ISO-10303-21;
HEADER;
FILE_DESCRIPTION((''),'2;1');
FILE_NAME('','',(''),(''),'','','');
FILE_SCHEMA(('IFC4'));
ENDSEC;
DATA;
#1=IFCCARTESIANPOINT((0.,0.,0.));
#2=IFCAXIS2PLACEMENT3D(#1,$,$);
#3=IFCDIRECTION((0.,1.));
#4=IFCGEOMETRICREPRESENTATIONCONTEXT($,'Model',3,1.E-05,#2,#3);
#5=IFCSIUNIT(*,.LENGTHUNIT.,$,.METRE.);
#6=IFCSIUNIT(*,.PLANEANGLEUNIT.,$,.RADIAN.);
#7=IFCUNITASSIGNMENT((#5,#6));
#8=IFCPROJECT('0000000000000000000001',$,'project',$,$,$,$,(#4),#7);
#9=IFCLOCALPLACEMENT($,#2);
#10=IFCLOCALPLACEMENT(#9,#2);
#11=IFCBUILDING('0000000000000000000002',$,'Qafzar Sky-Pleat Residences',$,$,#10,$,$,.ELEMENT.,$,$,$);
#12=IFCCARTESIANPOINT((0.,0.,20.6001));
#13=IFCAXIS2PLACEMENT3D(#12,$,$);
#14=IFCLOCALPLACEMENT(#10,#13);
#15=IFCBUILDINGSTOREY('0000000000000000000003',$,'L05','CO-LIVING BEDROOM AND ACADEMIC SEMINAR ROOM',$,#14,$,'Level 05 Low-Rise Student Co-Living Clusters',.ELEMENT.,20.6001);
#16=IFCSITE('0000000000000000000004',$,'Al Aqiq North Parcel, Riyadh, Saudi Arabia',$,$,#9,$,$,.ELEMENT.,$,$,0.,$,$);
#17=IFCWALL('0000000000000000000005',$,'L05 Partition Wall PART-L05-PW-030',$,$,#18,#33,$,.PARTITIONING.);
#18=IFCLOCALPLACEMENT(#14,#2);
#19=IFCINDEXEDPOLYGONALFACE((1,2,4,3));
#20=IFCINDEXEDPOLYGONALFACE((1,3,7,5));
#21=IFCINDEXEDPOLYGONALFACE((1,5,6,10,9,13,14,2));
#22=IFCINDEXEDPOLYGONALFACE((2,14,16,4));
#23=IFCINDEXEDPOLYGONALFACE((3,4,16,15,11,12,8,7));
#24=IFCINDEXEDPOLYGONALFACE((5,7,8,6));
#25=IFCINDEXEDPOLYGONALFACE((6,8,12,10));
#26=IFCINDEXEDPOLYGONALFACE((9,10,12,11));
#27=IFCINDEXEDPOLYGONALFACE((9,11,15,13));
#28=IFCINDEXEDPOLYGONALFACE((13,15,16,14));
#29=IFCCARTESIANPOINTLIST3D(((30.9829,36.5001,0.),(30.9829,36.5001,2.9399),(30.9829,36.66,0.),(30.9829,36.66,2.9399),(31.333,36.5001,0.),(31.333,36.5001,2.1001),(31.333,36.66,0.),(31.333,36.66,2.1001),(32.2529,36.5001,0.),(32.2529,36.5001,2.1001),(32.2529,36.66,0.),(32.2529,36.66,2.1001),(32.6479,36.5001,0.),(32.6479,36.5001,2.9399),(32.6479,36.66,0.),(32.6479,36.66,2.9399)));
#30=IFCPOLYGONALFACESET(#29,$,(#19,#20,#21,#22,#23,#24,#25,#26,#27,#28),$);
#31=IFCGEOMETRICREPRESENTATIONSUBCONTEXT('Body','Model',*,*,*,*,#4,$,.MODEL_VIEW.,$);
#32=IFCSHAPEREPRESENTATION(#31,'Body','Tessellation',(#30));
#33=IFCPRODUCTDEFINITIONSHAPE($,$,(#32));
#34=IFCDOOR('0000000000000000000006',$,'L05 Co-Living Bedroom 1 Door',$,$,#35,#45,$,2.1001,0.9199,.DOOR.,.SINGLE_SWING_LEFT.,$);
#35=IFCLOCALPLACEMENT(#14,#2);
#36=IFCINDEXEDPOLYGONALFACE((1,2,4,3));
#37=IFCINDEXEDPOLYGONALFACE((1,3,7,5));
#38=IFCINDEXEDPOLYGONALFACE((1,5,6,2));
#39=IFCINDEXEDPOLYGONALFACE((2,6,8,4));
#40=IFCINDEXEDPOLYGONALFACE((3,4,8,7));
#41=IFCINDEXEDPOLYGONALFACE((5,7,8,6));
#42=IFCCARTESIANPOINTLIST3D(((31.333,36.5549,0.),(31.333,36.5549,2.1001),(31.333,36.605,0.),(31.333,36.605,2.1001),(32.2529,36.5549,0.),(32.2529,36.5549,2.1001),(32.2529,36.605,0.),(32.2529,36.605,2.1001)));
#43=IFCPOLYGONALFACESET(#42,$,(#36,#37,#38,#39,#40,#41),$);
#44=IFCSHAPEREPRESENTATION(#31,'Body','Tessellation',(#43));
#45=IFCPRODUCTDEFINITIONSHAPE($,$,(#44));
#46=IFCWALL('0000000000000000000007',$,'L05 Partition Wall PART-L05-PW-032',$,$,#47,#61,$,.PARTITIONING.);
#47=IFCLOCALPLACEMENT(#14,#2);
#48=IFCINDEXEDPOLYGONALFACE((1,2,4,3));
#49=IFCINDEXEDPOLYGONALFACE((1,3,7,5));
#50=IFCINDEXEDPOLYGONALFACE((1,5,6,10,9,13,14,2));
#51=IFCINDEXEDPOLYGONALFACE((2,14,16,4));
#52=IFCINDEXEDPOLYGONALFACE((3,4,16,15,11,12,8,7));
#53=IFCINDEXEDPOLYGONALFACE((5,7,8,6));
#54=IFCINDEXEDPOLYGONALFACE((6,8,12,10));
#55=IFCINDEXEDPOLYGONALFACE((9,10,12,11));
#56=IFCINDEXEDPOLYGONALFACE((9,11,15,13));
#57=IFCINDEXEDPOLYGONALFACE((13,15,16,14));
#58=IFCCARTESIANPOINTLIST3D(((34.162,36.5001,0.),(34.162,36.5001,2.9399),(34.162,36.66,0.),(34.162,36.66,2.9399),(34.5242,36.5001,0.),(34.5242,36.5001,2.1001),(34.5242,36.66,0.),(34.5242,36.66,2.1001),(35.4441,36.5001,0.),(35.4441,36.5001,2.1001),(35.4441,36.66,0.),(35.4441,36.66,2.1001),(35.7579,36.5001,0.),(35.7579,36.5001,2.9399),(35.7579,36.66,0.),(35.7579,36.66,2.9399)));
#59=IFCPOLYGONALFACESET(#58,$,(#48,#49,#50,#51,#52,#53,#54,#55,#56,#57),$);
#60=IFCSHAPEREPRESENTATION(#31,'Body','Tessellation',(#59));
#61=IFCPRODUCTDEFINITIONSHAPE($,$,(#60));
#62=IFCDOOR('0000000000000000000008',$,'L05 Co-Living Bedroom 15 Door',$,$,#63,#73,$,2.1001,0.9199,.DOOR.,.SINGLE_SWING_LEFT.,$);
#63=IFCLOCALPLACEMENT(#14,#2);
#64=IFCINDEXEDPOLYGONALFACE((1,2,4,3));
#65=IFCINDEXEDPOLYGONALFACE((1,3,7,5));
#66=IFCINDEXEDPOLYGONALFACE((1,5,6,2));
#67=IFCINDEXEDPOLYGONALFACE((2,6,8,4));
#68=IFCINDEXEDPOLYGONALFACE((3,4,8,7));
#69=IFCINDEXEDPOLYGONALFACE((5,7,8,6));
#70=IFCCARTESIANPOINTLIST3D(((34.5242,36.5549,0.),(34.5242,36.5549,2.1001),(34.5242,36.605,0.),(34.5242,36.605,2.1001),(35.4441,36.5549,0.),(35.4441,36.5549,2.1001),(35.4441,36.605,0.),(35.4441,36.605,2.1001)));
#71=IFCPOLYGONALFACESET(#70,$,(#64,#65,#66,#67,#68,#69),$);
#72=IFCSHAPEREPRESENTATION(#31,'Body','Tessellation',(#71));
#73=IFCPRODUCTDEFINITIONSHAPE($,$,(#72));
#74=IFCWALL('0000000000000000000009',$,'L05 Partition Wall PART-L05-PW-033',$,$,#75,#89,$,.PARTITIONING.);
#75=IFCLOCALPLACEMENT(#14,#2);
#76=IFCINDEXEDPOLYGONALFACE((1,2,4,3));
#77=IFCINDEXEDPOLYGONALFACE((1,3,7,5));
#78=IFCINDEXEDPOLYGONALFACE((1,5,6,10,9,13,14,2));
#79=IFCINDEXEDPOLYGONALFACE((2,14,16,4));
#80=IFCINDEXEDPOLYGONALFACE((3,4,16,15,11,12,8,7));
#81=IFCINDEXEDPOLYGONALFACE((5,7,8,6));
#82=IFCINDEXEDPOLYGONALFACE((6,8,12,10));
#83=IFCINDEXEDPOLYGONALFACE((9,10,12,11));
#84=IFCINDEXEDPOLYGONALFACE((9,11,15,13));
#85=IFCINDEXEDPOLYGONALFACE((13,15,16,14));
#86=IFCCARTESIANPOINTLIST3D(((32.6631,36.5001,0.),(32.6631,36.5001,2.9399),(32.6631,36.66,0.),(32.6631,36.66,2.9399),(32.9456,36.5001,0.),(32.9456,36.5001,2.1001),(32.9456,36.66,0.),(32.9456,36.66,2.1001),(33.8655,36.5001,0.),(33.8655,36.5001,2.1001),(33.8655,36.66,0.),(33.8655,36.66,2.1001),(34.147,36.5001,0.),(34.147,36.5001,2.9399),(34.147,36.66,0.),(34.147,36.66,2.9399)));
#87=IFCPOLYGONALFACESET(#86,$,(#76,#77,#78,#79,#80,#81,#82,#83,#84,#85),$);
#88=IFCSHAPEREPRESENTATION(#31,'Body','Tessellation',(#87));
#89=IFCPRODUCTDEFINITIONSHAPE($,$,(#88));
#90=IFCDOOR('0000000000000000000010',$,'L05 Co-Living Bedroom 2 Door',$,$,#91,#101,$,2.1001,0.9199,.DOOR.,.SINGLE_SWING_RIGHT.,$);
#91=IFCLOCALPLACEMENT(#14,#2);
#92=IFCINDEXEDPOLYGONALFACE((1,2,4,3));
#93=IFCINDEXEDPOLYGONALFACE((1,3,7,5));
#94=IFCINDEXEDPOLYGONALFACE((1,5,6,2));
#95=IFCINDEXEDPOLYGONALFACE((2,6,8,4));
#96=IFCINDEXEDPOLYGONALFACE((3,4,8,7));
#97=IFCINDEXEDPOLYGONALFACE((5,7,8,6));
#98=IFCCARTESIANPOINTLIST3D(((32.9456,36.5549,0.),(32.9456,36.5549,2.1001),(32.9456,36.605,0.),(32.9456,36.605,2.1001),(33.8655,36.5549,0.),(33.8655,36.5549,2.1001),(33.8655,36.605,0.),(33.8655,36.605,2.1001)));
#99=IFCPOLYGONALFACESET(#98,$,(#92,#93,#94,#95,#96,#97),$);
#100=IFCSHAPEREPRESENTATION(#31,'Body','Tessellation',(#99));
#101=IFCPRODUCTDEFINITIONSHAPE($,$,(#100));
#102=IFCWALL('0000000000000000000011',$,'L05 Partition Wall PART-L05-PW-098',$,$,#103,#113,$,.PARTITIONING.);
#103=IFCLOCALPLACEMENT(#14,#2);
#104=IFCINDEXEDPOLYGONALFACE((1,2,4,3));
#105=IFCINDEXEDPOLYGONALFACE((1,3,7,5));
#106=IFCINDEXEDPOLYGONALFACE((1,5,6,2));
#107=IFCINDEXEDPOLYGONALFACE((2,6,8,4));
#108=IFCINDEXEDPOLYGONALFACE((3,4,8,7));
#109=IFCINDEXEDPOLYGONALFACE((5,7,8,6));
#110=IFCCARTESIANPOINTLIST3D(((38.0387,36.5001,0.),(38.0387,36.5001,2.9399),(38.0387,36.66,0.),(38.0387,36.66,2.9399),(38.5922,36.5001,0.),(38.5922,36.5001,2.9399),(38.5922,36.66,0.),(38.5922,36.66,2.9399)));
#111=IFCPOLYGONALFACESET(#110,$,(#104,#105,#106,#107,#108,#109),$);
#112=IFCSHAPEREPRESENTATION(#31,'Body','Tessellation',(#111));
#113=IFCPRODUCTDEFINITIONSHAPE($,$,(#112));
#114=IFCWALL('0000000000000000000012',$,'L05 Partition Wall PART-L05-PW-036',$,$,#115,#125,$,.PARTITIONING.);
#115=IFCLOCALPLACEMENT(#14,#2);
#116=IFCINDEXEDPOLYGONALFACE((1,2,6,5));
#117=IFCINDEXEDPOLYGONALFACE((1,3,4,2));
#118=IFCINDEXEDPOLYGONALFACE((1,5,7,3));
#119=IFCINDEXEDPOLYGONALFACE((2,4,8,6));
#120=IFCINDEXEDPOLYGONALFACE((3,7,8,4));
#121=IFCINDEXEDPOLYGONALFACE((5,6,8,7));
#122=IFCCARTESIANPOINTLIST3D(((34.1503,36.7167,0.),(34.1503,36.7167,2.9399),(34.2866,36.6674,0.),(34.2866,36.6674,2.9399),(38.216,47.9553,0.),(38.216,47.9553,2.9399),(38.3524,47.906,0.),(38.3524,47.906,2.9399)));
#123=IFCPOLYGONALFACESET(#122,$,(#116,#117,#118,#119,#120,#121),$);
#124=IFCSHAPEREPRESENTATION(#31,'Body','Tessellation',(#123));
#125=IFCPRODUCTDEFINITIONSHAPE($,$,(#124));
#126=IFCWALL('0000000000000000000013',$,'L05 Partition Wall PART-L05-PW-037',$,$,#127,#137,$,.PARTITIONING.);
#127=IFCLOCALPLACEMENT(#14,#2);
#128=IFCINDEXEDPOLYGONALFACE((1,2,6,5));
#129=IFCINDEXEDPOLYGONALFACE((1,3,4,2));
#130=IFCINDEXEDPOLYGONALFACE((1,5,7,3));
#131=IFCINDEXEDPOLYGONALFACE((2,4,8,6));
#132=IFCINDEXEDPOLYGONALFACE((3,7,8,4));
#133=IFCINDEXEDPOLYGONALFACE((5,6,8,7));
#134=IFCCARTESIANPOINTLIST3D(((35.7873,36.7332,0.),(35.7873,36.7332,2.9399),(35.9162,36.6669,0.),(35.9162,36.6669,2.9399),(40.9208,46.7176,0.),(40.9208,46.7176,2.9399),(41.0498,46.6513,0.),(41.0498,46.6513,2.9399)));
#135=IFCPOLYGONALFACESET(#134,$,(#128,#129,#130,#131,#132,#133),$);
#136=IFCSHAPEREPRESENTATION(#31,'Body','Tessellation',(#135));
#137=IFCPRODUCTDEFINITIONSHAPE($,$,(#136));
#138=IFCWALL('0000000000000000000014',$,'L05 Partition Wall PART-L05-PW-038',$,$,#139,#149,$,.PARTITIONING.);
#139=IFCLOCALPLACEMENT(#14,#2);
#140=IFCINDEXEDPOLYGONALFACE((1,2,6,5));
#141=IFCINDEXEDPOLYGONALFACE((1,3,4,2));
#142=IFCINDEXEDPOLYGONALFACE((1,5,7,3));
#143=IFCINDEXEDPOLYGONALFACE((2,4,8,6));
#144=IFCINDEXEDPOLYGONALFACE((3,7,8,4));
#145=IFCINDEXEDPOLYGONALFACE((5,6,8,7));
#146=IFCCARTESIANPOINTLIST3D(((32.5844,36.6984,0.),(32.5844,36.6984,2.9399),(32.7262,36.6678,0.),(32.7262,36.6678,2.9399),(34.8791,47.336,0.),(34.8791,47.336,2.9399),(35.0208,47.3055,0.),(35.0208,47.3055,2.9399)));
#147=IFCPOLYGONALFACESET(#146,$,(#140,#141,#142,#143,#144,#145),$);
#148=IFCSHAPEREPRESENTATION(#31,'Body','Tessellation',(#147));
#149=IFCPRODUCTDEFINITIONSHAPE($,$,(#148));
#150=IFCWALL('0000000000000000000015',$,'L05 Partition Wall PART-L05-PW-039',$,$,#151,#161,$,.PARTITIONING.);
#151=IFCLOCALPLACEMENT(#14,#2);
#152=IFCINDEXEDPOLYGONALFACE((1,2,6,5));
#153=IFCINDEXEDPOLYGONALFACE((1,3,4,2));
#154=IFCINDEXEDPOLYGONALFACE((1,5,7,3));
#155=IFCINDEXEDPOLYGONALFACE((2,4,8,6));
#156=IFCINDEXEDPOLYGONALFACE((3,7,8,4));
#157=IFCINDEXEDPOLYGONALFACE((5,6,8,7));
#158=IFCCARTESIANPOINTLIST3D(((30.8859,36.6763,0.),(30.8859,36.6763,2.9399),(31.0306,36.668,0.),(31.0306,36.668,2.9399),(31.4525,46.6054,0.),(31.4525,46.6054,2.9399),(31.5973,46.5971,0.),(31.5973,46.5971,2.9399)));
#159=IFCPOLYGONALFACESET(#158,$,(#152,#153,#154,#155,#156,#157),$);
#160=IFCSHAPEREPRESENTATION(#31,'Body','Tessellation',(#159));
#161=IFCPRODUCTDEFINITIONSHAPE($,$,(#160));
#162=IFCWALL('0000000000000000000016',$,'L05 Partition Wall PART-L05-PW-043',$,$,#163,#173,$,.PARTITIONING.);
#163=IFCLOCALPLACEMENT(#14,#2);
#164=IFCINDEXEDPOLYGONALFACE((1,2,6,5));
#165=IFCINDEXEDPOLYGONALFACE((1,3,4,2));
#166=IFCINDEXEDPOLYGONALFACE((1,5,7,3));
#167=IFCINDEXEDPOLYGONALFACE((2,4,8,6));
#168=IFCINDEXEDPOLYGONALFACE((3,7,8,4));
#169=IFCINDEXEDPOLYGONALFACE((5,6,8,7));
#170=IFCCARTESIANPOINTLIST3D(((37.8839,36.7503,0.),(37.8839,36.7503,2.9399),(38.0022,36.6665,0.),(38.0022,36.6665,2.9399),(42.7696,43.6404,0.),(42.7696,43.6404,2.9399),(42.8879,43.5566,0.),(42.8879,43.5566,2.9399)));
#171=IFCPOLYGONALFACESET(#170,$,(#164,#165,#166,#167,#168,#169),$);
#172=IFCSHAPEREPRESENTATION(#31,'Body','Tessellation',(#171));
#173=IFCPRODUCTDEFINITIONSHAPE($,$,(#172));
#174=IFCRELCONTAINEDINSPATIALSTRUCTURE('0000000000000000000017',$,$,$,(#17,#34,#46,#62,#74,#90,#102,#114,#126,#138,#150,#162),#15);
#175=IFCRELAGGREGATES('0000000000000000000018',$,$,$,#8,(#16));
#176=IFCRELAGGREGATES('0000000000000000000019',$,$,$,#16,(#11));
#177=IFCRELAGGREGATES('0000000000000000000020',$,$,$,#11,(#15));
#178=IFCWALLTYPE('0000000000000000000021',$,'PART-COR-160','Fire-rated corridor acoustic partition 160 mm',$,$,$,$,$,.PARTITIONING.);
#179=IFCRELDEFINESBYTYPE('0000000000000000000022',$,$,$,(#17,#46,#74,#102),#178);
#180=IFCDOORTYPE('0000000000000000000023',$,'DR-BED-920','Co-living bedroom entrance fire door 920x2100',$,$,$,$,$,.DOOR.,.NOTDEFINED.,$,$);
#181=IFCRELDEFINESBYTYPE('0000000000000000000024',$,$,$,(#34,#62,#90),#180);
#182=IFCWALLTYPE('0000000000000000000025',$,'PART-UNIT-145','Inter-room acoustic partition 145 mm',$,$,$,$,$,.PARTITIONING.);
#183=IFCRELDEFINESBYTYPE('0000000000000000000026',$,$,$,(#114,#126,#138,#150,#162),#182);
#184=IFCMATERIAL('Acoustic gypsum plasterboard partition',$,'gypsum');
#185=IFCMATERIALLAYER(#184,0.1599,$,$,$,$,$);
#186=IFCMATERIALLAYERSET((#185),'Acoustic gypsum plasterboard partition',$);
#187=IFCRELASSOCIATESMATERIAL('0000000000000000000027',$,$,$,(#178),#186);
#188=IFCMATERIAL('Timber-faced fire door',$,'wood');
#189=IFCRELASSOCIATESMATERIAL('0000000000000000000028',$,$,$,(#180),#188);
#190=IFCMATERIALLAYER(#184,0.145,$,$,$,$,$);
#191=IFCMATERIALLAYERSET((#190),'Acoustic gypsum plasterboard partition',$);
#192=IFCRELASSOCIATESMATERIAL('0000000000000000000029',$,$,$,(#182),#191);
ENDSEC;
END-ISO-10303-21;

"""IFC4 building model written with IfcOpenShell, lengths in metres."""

from ifc_helpers import new_model, si_unit, direction, frame, frame_2d, origin, place, context, subcontext, project, spatial, rectangle, extrude, source, transform, mapped, material, layer, layer_set, type_object, element, fill, save


model = new_model("IFC4")

# Units and contexts
model_context = context("Model", 3, precision=1e-05, world=origin(), true_north=direction((0.0, 1.0)))
body_context = subcontext(model_context, "Body", "Model", "MODEL_VIEW")
ifc_project = project(units=[si_unit("LENGTHUNIT", "METRE"), si_unit("PLANEANGLEUNIT", "RADIAN")], contexts=[model_context])

# Site, building, storey
site_placement = place(None, origin())
site = spatial("IfcSite", under=ifc_project, at=site_placement, Name="Al Aqiq North Parcel, Riyadh, Saudi Arabia", CompositionType="ELEMENT", RefElevation=0.0)
building_placement = place(site_placement, origin())
building = spatial("IfcBuilding", under=site, at=building_placement, Name="Qafzar Sky-Pleat Residences", CompositionType="ELEMENT")
storey_placement = place(building_placement, frame((0.0, 0.0, 20.6001)))
storey = spatial("IfcBuildingStorey", under=building, at=storey_placement, Name="L05", Description="CO-LIVING BEDROOM AND ACADEMIC SEMINAR ROOM", LongName="Level 05 Low-Rise Student Co-Living Clusters", CompositionType="ELEMENT", Elevation=20.6001)

# Walls, openings, doors
ifc_material_1 = material(Name="Acoustic gypsum plasterboard partition", Category="gypsum")
ifc_layer_1 = layer(ifc_material_1, 0.1599)
ifc_layer_set_1 = layer_set([ifc_layer_1], Name="Acoustic gypsum plasterboard partition")
wall_type_1 = type_object("IfcWallType", Name="PART-COR-160", Description="Fire-rated corridor acoustic partition 160 mm", PredefinedType="PARTITIONING", material=ifc_layer_set_1)
ifc_material_2 = material(Name="Timber-faced fire door", Category="wood")
door_type_1 = type_object("IfcDoorType", Name="DR-BED-920", Description="Co-living bedroom entrance fire door 920x2100", OperationType="NOTDEFINED", PredefinedType="DOOR", material=ifc_material_2)
shared_shape_1 = source(origin(), body_context, "Body", "SweptSolid", [
    extrude(rectangle(XDim=0.9199, YDim=2.1001, at=frame_2d((0.46, 1.05))), frame((0.0, 0.0249, 0.0), z_axis=(0.0, -1.0, 0.0), x_axis=(1.0, 0.0, 0.0)), (0.0, 0.0, 1.0), 0.05),
])
wall_1_placement = place(storey_placement, frame((30.9829, 36.5801, 0.0), z_axis=(0.0, 0.0, 1.0), x_axis=(1.0, 0.0, 0.0)))
wall_1 = element("IfcWall", 1, at=wall_1_placement, inside=storey, type_object=wall_type_1, Name="L05 Partition Wall PART-L05-PW-030", PredefinedType="PARTITIONING", context=body_context, shape_type="SweptSolid", body=[
    extrude(rectangle(XDim=1.665, YDim=0.1599, at=frame_2d((0.8325, 0.0))), origin(), (0.0, 0.0, 1.0), 2.9399),
])
opening_1_placement = place(wall_1_placement, frame((0.3501, 0.0, 0.0)))
opening_1 = element("IfcOpeningElement", 2, at=opening_1_placement, cuts=wall_1, PredefinedType="OPENING", context=body_context, shape_type="SweptSolid", body=[
    extrude(rectangle(XDim=0.9199, YDim=2.1001, at=frame_2d((0.46, 1.05))), frame((0.0, 0.0898, 0.0), z_axis=(0.0, -1.0, 0.0), x_axis=(1.0, 0.0, 0.0)), (0.0, 0.0, 1.0), 0.1799),
])
door_1_placement = place(opening_1_placement, origin())
door_1 = element("IfcDoor", 3, at=door_1_placement, inside=storey, type_object=door_type_1, Name="L05 Co-Living Bedroom 1 Door", OperationType="SINGLE_SWING_LEFT", OverallHeight=2.1001, OverallWidth=0.9199, PredefinedType="DOOR", context=body_context, shape_type="MappedRepresentation", body=[
    mapped(shared_shape_1, transform((0.0, 0.0, 0.0), x_axis=(1.0, 0.0, 0.0), y_axis=(0.0, 1.0, 0.0), z_axis=(0.0, 0.0, 1.0), scale=1.0)),
])
fill(opening_1, door_1)
wall_2_placement = place(storey_placement, frame((34.1621, 36.5801, 0.0), z_axis=(0.0, 0.0, 1.0), x_axis=(1.0, 0.0, 0.0)))
wall_2 = element("IfcWall", 4, at=wall_2_placement, inside=storey, type_object=wall_type_1, Name="L05 Partition Wall PART-L05-PW-032", PredefinedType="PARTITIONING", context=body_context, shape_type="SweptSolid", body=[
    extrude(rectangle(XDim=1.5959, YDim=0.1599, at=frame_2d((0.7979, 0.0))), origin(), (0.0, 0.0, 1.0), 2.9399),
])
opening_2_placement = place(wall_2_placement, frame((0.3621, 0.0, 0.0)))
opening_2 = element("IfcOpeningElement", 5, at=opening_2_placement, cuts=wall_2, PredefinedType="OPENING", context=body_context, shape_type="SweptSolid", body=[
    extrude(rectangle(XDim=0.9199, YDim=2.1001, at=frame_2d((0.46, 1.05))), frame((0.0, 0.0898, 0.0), z_axis=(0.0, -1.0, 0.0), x_axis=(1.0, 0.0, 0.0)), (0.0, 0.0, 1.0), 0.1799),
])
door_2_placement = place(opening_2_placement, origin())
door_2 = element("IfcDoor", 6, at=door_2_placement, inside=storey, type_object=door_type_1, Name="L05 Co-Living Bedroom 15 Door", OperationType="SINGLE_SWING_LEFT", OverallHeight=2.1001, OverallWidth=0.9199, PredefinedType="DOOR", context=body_context, shape_type="MappedRepresentation", body=[
    mapped(shared_shape_1, transform((0.0, 0.0, 0.0), x_axis=(1.0, 0.0, 0.0), y_axis=(0.0, 1.0, 0.0), z_axis=(0.0, 0.0, 1.0), scale=1.0)),
])
fill(opening_2, door_2)
wall_3_placement = place(storey_placement, frame((32.6631, 36.5801, 0.0), z_axis=(0.0, 0.0, 1.0), x_axis=(1.0, 0.0, 0.0)))
wall_3 = element("IfcWall", 7, at=wall_3_placement, inside=storey, type_object=wall_type_1, Name="L05 Partition Wall PART-L05-PW-033", PredefinedType="PARTITIONING", context=body_context, shape_type="SweptSolid", body=[
    extrude(rectangle(XDim=1.4839, YDim=0.1599, at=frame_2d((0.7419, 0.0))), origin(), (0.0, 0.0, 1.0), 2.9399),
])
opening_3_placement = place(wall_3_placement, frame((0.2825, 0.0, 0.0)))
opening_3 = element("IfcOpeningElement", 8, at=opening_3_placement, cuts=wall_3, PredefinedType="OPENING", context=body_context, shape_type="SweptSolid", body=[
    extrude(rectangle(XDim=0.9199, YDim=2.1001, at=frame_2d((0.46, 1.05))), frame((0.0, 0.0898, 0.0), z_axis=(0.0, -1.0, 0.0), x_axis=(1.0, 0.0, 0.0)), (0.0, 0.0, 1.0), 0.1799),
])
door_3_placement = place(opening_3_placement, origin())
door_3 = element("IfcDoor", 9, at=door_3_placement, inside=storey, type_object=door_type_1, Name="L05 Co-Living Bedroom 2 Door", OperationType="SINGLE_SWING_RIGHT", OverallHeight=2.1001, OverallWidth=0.9199, PredefinedType="DOOR", context=body_context, shape_type="MappedRepresentation", body=[
    mapped(shared_shape_1, transform((0.0, 0.0, 0.0), x_axis=(1.0, 0.0, 0.0), y_axis=(0.0, 1.0, 0.0), z_axis=(0.0, 0.0, 1.0), scale=1.0)),
])
fill(opening_3, door_3)

# Walls
wall_4_placement = place(storey_placement, frame((38.0386, 36.5801, 0.0), z_axis=(0.0, 0.0, 1.0), x_axis=(1.0, 0.0, 0.0)))
element("IfcWall", 10, at=wall_4_placement, inside=storey, type_object=wall_type_1, Name="L05 Partition Wall PART-L05-PW-098", PredefinedType="PARTITIONING", context=body_context, shape_type="SweptSolid", body=[
    extrude(rectangle(XDim=0.5535, YDim=0.1599, at=frame_2d((0.2769, 0.0))), origin(), (0.0, 0.0, 1.0), 2.9399),
])
ifc_layer_2 = layer(ifc_material_1, 0.145)
ifc_layer_set_2 = layer_set([ifc_layer_2], Name="Acoustic gypsum plasterboard partition")
wall_type_2 = type_object("IfcWallType", Name="PART-UNIT-145", Description="Inter-room acoustic partition 145 mm", PredefinedType="PARTITIONING", material=ifc_layer_set_2)
wall_5_placement = place(storey_placement, frame((34.2185, 36.6921, 0.0), z_axis=(0.0, 0.0, 1.0), x_axis=(0.340186, 0.940358, 0.0)))
element("IfcWall", 11, at=wall_5_placement, inside=storey, type_object=wall_type_2, Name="L05 Partition Wall PART-L05-PW-036", PredefinedType="PARTITIONING", context=body_context, shape_type="SweptSolid", body=[
    extrude(rectangle(XDim=11.9514, YDim=0.145, at=frame_2d((5.9756, 0.0))), origin(), (0.0, 0.0, 1.0), 2.9399),
])
wall_6_placement = place(storey_placement, frame((35.8518, 36.7002, 0.0), z_axis=(0.0, 0.0, 1.0), x_axis=(0.457258, 0.889334, 0.0)))
element("IfcWall", 12, at=wall_6_placement, inside=storey, type_object=wall_type_2, Name="L05 Partition Wall PART-L05-PW-037", PredefinedType="PARTITIONING", context=body_context, shape_type="SweptSolid", body=[
    extrude(rectangle(XDim=11.2268, YDim=0.145, at=frame_2d((5.6133, 0.0))), origin(), (0.0, 0.0, 1.0), 2.9399),
])
wall_7_placement = place(storey_placement, frame((32.6553, 36.6831, 0.0), z_axis=(0.0, 0.0, 1.0), x_axis=(0.210862, 0.977516, 0.0)))
element("IfcWall", 13, at=wall_7_placement, inside=storey, type_object=wall_type_2, Name="L05 Partition Wall PART-L05-PW-038", PredefinedType="PARTITIONING", context=body_context, shape_type="SweptSolid", body=[
    extrude(rectangle(XDim=10.8823, YDim=0.145, at=frame_2d((5.4412, 0.0))), origin(), (0.0, 0.0, 1.0), 2.9399),
])
wall_8_placement = place(storey_placement, frame((30.9583, 36.6721, 0.0), z_axis=(0.0, 0.0, 1.0), x_axis=(0.056976, 0.998376, 0.0)))
element("IfcWall", 14, at=wall_8_placement, inside=storey, type_object=wall_type_2, Name="L05 Partition Wall PART-L05-PW-039", PredefinedType="PARTITIONING", context=body_context, shape_type="SweptSolid", body=[
    extrude(rectangle(XDim=9.9453, YDim=0.145, at=frame_2d((4.9727, 0.0))), origin(), (0.0, 0.0, 1.0), 2.9399),
])
wall_9_placement = place(storey_placement, frame((37.9431, 36.7085, 0.0), z_axis=(0.0, 0.0, 1.0), x_axis=(0.578429, 0.815732, 0.0)))
element("IfcWall", 15, at=wall_9_placement, inside=storey, type_object=wall_type_2, Name="L05 Partition Wall PART-L05-PW-043", PredefinedType="PARTITIONING", context=body_context, shape_type="SweptSolid", body=[
    extrude(rectangle(XDim=8.4465, YDim=0.145, at=frame_2d((4.2231, 0.0))), origin(), (0.0, 0.0, 1.0), 2.9399),
])

save(model, "model.ifc")
